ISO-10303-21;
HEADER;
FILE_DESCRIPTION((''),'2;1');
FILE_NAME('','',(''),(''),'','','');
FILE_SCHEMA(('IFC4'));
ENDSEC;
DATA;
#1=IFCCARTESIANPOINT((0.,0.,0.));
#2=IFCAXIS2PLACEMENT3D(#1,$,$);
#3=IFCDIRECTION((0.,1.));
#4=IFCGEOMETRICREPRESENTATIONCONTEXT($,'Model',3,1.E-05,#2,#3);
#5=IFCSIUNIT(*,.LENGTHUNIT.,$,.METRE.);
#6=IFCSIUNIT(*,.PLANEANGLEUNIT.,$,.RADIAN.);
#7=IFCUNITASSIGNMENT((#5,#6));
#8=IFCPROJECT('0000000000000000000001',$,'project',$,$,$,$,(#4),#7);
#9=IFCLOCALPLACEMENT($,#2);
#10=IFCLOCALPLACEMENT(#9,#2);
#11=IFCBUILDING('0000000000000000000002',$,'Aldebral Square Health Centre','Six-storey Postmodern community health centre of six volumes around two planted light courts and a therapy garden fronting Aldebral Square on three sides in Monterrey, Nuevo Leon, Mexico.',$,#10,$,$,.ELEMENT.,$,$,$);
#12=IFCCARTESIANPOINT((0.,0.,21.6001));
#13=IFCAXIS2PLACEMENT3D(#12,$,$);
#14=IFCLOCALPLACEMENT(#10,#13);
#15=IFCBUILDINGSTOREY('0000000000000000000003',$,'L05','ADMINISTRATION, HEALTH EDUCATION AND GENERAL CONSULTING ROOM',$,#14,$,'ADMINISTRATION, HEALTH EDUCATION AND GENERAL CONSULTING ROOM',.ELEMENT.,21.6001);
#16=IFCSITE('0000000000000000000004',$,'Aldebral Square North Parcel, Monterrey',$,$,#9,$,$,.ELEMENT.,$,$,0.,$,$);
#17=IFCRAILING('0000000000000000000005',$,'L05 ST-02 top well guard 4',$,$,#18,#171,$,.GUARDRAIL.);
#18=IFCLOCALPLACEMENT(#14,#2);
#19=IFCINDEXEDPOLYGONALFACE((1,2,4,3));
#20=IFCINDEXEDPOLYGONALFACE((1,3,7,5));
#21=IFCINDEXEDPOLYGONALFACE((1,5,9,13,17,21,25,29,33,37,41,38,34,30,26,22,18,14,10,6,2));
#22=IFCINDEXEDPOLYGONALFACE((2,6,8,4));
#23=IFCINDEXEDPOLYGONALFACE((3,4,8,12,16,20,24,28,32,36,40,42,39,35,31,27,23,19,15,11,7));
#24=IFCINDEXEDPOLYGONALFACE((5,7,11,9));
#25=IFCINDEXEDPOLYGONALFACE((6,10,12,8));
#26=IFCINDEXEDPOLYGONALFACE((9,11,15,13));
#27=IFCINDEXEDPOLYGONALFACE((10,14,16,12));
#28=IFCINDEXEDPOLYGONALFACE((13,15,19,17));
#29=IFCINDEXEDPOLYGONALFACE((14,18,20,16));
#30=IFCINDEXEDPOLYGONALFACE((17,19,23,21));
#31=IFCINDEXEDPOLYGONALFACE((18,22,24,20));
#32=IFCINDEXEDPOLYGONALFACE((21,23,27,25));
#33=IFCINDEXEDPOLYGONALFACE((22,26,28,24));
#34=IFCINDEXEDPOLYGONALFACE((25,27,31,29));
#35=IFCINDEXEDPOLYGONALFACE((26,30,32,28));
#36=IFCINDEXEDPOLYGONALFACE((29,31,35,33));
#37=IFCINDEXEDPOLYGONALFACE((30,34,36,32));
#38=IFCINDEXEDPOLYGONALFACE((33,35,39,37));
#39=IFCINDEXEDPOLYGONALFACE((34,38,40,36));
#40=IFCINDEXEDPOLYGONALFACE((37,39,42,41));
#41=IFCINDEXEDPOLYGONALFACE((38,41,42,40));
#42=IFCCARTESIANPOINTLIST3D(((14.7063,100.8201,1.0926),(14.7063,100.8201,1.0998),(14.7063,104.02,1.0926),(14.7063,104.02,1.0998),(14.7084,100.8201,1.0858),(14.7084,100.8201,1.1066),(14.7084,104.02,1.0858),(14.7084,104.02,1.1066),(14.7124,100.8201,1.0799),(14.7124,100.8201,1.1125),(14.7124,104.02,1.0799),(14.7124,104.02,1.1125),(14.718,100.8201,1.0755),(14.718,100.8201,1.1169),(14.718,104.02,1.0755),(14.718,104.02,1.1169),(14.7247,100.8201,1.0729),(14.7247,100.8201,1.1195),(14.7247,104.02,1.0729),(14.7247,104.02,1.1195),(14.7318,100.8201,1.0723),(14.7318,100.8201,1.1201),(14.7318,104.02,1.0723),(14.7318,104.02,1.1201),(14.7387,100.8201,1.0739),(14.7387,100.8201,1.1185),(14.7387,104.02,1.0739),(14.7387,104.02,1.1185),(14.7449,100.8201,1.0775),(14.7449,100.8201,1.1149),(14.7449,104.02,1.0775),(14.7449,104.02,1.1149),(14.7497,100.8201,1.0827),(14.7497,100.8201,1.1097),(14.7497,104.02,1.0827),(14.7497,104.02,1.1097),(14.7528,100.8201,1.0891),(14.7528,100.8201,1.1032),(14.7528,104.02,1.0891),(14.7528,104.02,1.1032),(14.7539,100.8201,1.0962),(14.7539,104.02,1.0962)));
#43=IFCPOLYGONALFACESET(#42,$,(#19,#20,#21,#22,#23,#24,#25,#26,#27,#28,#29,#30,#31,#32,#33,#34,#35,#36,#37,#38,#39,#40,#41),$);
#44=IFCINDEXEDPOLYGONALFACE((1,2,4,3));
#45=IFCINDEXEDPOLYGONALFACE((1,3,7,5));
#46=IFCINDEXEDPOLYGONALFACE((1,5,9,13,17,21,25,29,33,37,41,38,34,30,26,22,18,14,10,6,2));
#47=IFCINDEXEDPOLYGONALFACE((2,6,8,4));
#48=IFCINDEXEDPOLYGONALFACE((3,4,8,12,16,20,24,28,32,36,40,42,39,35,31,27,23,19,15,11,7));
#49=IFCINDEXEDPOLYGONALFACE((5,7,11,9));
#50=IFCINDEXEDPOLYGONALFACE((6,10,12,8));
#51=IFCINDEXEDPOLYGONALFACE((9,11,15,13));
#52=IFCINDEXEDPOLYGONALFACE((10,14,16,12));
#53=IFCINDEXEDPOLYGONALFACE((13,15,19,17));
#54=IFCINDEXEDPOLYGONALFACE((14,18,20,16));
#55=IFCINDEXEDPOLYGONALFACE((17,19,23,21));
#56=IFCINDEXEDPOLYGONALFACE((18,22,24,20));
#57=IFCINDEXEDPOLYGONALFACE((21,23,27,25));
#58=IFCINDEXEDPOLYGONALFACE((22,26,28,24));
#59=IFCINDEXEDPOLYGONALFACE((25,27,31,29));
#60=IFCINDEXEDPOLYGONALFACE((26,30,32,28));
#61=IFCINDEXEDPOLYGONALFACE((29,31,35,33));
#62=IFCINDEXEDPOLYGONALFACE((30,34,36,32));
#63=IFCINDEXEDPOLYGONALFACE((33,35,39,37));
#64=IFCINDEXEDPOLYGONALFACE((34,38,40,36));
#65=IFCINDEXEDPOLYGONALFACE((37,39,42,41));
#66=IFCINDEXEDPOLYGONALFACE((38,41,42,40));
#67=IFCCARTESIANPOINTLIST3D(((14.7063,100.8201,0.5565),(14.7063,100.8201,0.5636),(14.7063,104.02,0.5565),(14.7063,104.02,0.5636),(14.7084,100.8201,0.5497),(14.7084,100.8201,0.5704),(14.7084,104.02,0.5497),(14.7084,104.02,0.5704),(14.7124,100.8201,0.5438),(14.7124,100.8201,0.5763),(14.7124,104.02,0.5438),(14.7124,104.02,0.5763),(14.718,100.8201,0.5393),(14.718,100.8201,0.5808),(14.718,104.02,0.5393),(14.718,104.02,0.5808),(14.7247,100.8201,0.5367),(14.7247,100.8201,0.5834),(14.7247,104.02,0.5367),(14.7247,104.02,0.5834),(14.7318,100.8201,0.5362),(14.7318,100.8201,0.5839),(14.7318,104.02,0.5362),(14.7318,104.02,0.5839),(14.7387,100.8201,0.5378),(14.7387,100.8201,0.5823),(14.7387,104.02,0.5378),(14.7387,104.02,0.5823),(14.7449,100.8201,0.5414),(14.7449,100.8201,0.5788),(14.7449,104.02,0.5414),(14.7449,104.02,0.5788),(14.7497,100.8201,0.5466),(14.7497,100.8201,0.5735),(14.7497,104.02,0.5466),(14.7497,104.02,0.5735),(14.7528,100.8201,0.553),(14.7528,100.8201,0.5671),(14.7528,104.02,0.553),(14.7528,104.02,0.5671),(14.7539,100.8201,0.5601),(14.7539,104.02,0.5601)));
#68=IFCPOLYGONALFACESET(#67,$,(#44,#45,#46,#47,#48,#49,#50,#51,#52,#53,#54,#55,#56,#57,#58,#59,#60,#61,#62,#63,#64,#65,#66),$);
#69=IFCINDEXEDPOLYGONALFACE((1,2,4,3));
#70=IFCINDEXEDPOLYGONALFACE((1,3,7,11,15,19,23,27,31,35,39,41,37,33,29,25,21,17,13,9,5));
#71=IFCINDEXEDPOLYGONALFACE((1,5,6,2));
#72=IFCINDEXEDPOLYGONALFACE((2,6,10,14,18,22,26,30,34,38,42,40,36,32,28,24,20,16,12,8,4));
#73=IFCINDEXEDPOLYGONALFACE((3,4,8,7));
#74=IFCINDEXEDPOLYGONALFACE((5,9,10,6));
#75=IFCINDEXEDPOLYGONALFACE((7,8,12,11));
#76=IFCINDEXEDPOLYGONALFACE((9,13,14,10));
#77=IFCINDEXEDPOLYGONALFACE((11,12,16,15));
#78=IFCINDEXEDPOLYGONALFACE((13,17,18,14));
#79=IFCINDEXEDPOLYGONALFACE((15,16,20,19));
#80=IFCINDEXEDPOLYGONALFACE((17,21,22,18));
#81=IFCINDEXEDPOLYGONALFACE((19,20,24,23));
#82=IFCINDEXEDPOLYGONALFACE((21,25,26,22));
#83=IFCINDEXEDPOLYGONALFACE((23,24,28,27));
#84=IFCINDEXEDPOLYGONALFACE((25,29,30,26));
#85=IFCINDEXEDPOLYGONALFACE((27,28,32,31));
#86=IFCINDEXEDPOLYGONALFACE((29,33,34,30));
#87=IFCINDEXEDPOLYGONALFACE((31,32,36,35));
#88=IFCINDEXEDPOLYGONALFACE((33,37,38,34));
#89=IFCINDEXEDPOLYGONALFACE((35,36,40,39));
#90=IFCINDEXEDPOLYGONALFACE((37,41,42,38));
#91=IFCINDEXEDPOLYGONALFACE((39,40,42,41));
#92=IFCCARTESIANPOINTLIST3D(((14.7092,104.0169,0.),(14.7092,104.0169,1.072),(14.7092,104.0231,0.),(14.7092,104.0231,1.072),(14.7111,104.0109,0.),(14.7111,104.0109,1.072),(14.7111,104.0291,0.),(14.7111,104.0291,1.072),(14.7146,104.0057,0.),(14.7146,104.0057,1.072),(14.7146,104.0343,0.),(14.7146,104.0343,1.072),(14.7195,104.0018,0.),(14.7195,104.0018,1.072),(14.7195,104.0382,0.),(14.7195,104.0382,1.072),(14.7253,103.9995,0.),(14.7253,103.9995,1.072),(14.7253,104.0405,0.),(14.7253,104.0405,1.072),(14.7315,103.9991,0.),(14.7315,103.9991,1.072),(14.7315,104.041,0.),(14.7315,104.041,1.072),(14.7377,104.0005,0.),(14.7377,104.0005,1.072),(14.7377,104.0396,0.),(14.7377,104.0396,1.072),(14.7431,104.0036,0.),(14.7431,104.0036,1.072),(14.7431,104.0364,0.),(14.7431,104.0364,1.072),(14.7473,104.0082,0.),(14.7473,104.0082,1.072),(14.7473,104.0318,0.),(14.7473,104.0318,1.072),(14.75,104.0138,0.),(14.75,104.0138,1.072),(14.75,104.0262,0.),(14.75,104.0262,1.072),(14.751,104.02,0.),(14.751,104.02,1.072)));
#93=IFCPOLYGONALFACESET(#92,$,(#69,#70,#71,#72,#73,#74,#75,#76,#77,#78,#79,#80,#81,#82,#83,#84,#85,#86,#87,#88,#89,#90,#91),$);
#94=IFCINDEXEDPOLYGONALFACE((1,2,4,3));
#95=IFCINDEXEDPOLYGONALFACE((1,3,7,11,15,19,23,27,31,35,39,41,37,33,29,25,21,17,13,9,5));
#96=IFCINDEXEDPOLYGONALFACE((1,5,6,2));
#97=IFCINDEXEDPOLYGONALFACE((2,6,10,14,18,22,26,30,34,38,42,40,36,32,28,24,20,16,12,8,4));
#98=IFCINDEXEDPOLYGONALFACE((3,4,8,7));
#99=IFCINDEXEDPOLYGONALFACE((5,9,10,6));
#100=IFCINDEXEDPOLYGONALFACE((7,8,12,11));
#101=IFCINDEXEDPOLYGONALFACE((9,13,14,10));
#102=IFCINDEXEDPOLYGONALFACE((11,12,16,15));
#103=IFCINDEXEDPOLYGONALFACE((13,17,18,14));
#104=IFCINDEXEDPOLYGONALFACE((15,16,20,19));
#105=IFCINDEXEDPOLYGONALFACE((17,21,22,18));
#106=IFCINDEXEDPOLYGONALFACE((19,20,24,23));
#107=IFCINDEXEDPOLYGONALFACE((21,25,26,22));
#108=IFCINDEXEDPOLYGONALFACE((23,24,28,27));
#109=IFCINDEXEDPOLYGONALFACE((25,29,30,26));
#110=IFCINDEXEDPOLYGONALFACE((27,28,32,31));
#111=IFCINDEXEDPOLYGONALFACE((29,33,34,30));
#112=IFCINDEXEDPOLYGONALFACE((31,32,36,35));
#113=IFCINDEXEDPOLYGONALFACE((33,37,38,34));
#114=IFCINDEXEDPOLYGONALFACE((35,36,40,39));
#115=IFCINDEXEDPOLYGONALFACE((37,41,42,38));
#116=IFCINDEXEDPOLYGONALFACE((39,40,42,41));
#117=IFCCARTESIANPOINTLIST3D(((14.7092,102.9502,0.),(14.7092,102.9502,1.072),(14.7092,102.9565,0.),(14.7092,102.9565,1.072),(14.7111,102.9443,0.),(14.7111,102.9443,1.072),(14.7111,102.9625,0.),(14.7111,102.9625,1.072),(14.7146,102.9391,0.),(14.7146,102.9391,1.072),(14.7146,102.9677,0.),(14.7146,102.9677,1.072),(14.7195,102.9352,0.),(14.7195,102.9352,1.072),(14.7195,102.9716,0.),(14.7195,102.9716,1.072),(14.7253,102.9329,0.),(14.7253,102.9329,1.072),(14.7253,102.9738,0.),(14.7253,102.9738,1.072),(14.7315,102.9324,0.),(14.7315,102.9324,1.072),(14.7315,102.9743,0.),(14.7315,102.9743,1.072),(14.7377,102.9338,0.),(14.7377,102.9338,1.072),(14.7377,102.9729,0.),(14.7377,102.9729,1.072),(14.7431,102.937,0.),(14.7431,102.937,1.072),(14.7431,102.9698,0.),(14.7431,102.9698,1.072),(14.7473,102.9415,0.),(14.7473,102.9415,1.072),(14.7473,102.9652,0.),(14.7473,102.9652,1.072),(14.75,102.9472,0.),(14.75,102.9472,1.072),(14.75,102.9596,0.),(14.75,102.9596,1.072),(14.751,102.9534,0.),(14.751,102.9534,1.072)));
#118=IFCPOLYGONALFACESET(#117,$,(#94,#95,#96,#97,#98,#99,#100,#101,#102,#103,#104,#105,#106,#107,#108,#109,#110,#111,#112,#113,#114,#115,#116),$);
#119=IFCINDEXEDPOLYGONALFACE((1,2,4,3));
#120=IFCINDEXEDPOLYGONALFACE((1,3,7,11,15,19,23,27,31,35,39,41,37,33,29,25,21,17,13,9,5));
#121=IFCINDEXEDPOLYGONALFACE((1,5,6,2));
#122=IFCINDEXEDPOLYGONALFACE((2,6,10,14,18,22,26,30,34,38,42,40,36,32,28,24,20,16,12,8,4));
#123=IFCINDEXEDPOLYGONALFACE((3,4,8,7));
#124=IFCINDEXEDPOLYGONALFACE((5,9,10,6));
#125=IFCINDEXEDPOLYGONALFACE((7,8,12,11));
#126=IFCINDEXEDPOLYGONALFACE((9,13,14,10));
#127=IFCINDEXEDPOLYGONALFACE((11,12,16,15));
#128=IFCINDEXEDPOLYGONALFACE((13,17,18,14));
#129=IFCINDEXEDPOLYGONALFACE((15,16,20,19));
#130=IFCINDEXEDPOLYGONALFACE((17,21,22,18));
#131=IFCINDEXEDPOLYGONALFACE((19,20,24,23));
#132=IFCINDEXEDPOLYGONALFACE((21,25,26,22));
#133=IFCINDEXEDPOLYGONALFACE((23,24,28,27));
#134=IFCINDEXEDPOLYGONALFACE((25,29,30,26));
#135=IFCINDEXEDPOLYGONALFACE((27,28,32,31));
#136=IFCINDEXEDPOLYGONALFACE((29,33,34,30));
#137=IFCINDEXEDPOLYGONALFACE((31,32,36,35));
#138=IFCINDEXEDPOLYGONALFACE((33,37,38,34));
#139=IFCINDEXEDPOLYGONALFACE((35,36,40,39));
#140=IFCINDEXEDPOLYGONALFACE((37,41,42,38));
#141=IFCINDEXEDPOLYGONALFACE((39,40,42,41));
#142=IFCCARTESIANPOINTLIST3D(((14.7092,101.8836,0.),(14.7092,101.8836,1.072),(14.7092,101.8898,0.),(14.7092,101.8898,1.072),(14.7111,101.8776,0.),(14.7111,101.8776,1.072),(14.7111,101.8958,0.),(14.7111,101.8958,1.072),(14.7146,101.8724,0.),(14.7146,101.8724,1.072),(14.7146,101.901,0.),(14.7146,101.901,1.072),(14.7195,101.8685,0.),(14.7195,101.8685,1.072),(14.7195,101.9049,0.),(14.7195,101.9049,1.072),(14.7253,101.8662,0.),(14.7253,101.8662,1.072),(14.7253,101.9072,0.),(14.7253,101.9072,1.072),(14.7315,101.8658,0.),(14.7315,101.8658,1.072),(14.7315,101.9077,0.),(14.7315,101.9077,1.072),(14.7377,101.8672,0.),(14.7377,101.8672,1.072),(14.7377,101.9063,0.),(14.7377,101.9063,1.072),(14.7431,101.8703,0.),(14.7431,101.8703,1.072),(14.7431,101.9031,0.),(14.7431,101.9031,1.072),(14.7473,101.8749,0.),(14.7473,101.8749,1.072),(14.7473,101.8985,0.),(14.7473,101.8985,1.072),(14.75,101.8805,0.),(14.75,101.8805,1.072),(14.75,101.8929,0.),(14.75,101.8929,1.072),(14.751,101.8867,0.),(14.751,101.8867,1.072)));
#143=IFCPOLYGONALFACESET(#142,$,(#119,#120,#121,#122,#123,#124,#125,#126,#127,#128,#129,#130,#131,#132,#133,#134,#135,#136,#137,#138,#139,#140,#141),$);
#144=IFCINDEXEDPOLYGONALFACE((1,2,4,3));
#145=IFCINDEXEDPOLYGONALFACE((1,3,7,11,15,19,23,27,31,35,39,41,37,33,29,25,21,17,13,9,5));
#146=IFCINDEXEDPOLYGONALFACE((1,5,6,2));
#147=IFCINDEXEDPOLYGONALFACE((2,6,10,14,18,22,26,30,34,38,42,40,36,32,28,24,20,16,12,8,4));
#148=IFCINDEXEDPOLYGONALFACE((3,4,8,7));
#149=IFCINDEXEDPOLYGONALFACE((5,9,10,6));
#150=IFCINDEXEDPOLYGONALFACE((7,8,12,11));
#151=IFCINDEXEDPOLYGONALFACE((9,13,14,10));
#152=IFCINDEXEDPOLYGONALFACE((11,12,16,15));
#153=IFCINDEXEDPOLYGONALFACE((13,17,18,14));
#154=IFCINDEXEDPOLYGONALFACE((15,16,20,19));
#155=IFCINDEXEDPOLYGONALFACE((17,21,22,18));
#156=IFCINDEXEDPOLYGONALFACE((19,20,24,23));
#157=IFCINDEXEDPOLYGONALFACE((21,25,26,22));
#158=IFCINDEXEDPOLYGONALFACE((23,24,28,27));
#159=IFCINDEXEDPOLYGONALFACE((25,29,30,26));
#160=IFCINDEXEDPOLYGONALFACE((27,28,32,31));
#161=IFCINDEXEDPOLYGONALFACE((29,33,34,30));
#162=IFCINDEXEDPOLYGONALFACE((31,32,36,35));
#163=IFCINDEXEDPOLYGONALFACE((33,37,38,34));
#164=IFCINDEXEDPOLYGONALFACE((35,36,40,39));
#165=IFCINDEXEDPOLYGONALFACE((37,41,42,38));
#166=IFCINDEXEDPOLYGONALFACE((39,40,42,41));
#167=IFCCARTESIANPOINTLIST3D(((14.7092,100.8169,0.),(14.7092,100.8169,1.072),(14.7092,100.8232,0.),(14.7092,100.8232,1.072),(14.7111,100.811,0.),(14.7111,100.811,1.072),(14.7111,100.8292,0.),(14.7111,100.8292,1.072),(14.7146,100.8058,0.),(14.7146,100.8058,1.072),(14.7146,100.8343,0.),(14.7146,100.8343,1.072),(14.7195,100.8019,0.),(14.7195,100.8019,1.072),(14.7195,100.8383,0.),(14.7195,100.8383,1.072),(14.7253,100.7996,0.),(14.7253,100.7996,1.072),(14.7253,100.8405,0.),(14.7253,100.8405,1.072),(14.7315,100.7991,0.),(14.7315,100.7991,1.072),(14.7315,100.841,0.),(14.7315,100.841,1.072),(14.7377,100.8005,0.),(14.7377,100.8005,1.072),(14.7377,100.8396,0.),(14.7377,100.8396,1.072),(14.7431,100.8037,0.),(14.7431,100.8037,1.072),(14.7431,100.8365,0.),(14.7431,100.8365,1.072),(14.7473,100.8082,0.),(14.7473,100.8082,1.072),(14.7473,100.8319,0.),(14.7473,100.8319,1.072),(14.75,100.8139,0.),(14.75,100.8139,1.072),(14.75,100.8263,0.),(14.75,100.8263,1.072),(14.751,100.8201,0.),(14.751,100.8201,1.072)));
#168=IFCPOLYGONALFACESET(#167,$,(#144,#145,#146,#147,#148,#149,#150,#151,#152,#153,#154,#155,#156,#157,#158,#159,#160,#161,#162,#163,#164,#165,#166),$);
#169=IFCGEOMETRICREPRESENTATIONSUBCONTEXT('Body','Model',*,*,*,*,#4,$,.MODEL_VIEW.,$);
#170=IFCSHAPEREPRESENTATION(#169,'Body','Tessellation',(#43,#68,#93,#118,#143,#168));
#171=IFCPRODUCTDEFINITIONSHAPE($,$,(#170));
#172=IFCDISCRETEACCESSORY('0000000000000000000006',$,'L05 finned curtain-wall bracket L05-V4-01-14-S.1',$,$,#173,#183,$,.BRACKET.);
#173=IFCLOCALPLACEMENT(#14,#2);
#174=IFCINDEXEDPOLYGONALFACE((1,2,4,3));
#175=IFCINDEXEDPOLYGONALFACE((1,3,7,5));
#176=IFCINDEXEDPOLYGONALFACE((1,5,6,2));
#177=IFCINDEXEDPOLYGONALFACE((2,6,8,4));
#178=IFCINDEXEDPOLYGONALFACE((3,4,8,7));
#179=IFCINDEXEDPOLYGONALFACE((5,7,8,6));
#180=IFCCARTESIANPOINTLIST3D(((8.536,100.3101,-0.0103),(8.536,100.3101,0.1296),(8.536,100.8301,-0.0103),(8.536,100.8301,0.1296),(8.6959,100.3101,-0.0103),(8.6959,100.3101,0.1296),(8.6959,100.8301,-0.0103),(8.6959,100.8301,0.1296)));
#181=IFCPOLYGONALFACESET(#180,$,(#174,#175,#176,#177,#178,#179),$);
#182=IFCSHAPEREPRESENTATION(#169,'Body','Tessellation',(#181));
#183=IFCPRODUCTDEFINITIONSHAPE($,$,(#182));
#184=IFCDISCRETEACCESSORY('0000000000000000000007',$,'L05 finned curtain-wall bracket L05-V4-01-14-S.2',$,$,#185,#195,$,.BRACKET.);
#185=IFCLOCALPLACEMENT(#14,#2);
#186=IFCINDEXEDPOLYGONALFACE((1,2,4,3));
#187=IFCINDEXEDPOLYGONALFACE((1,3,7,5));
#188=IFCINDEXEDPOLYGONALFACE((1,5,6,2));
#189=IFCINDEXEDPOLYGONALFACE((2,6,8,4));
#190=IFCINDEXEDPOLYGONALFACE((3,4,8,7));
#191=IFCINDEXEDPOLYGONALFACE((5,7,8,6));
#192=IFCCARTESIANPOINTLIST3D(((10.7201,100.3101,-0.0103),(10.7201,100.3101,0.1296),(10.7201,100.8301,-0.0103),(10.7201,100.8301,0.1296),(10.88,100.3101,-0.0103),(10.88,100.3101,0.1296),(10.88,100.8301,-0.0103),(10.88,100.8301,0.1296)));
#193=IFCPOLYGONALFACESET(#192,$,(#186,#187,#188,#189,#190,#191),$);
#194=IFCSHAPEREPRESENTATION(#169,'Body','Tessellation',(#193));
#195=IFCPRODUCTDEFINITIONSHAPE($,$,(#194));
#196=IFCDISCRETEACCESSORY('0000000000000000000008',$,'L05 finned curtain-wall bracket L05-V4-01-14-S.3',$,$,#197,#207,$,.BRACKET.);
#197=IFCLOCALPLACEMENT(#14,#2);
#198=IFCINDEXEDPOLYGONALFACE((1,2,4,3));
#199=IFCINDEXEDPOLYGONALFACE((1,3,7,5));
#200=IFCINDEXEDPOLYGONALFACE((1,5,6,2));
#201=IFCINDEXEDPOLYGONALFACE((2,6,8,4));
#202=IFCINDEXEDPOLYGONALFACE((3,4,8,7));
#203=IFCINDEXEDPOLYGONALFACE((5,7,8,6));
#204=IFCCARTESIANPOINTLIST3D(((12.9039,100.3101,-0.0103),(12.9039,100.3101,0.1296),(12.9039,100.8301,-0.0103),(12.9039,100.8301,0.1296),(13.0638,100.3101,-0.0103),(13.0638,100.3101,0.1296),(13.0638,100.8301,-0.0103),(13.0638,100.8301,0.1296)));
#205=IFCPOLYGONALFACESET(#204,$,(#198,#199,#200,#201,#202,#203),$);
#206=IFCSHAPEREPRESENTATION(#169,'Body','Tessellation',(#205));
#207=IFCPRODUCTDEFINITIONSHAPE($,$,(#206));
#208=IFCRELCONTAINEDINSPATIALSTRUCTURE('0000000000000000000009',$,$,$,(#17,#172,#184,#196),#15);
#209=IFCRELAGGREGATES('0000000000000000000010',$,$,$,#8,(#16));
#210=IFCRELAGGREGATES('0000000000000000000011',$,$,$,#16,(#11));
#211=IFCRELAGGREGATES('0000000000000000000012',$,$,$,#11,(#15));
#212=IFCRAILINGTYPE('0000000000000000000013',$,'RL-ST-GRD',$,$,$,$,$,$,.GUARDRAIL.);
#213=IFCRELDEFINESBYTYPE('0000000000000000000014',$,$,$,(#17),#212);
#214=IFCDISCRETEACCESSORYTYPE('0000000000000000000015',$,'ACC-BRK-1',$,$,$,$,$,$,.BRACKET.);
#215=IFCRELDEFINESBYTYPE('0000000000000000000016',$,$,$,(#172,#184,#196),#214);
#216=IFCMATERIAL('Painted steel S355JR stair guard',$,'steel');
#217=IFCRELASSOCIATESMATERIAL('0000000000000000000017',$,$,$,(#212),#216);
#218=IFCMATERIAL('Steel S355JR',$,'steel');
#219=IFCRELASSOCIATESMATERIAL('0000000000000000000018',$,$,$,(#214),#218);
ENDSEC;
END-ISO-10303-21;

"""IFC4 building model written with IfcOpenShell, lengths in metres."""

from ifc_helpers import new_model, si_unit, direction, frame, origin, origin_2d, place, context, subcontext, project, spatial, rectangle, circle, extrude, material, type_object, element, save


model = new_model("IFC4")

# Units and contexts
model_context = context("Model", 3, precision=1e-05, world=origin(), true_north=direction((0.0, 1.0)))
body_context = subcontext(model_context, "Body", "Model", "MODEL_VIEW")
ifc_project = project(units=[si_unit("LENGTHUNIT", "METRE"), si_unit("PLANEANGLEUNIT", "RADIAN")], contexts=[model_context])

# Site, building, storey
site_placement = place(None, origin())
site = spatial("IfcSite", under=ifc_project, at=site_placement, Name="Aldebral Square North Parcel, Monterrey", CompositionType="ELEMENT", RefElevation=0.0)
building_placement = place(site_placement, origin())
building = spatial("IfcBuilding", under=site, at=building_placement, Name="Aldebral Square Health Centre", Description="Six-storey Postmodern community health centre of six volumes around two planted light courts and a therapy garden fronting Aldebral Square on three sides in Monterrey, Nuevo Leon, Mexico.", CompositionType="ELEMENT")
storey_placement = place(building_placement, frame((0.0, 0.0, 21.6001)))
storey = spatial("IfcBuildingStorey", under=building, at=storey_placement, Name="L05", Description="ADMINISTRATION, HEALTH EDUCATION AND GENERAL CONSULTING ROOM", LongName="ADMINISTRATION, HEALTH EDUCATION AND GENERAL CONSULTING ROOM", CompositionType="ELEMENT", Elevation=21.6001)

# Railing
ifc_material_1 = material(Name="Painted steel S355JR stair guard", Category="steel")
railing_type = type_object("IfcRailingType", Name="RL-ST-GRD", PredefinedType="GUARDRAIL", material=ifc_material_1)
railing_placement = place(storey_placement, frame((14.73, 104.02, 0.0)))
element("IfcRailing", 1, at=railing_placement, inside=storey, type_object=railing_type, Name="L05 ST-02 top well guard 4", PredefinedType="GUARDRAIL", context=body_context, shape_type="SweptSolid", body=[
    extrude(circle(Radius=0.0239, at=origin_2d()), frame((0.0, 0.0, 1.0962), z_axis=(0.0, -1.0, 0.0), x_axis=(1.0, 0.0, 0.0)), (0.0, 0.0, 1.0), 3.2),
    extrude(circle(Radius=0.0239, at=origin_2d()), frame((0.0, 0.0, 0.5601), z_axis=(0.0, -1.0, 0.0), x_axis=(1.0, 0.0, 0.0)), (0.0, 0.0, 1.0), 3.2),
    extrude(circle(Radius=0.021, at=origin_2d()), origin(), (0.0, 0.0, 1.0), 1.072),
    extrude(circle(Radius=0.021, at=origin_2d()), frame((0.0, -1.0667, 0.0)), (0.0, 0.0, 1.0), 1.072),
    extrude(circle(Radius=0.021, at=origin_2d()), frame((0.0, -2.1333, 0.0)), (0.0, 0.0, 1.0), 1.072),
    extrude(circle(Radius=0.021, at=origin_2d()), frame((0.0, -3.2, 0.0)), (0.0, 0.0, 1.0), 1.072),
])

# Discrete accessories
ifc_material_2 = material(Name="Steel S355JR", Category="steel")
discrete_accessory_type = type_object("IfcDiscreteAccessoryType", Name="ACC-BRK-1", PredefinedType="BRACKET", material=ifc_material_2)
for number, where, z_axis, x_axis, name in (
    (2, (8.616, 100.5701, -0.0103), (0.0, 0.0, 1.0), (1.0, 0.0, 0.0), "L05 finned curtain-wall bracket L05-V4-01-14-S.1"),
    (3, (10.8, 100.5701, -0.0103), (0.0, 0.0, 1.0), (1.0, 0.0, 0.0), "L05 finned curtain-wall bracket L05-V4-01-14-S.2"),
    (4, (12.9839, 100.5701, -0.0103), (0.0, 0.0, 1.0), (1.0, 0.0, 0.0), "L05 finned curtain-wall bracket L05-V4-01-14-S.3"),
):
    element("IfcDiscreteAccessory", number, at=place(storey_placement, frame(where, z_axis=z_axis, x_axis=x_axis)), inside=storey, type_object=discrete_accessory_type, Name=name, PredefinedType="BRACKET", context=body_context, shape_type="SweptSolid", body=[
        extrude(rectangle(XDim=0.1599, YDim=0.52, at=origin_2d()), origin(), (0.0, 0.0, 1.0), 0.1399),
    ])

save(model, "model.ifc")
